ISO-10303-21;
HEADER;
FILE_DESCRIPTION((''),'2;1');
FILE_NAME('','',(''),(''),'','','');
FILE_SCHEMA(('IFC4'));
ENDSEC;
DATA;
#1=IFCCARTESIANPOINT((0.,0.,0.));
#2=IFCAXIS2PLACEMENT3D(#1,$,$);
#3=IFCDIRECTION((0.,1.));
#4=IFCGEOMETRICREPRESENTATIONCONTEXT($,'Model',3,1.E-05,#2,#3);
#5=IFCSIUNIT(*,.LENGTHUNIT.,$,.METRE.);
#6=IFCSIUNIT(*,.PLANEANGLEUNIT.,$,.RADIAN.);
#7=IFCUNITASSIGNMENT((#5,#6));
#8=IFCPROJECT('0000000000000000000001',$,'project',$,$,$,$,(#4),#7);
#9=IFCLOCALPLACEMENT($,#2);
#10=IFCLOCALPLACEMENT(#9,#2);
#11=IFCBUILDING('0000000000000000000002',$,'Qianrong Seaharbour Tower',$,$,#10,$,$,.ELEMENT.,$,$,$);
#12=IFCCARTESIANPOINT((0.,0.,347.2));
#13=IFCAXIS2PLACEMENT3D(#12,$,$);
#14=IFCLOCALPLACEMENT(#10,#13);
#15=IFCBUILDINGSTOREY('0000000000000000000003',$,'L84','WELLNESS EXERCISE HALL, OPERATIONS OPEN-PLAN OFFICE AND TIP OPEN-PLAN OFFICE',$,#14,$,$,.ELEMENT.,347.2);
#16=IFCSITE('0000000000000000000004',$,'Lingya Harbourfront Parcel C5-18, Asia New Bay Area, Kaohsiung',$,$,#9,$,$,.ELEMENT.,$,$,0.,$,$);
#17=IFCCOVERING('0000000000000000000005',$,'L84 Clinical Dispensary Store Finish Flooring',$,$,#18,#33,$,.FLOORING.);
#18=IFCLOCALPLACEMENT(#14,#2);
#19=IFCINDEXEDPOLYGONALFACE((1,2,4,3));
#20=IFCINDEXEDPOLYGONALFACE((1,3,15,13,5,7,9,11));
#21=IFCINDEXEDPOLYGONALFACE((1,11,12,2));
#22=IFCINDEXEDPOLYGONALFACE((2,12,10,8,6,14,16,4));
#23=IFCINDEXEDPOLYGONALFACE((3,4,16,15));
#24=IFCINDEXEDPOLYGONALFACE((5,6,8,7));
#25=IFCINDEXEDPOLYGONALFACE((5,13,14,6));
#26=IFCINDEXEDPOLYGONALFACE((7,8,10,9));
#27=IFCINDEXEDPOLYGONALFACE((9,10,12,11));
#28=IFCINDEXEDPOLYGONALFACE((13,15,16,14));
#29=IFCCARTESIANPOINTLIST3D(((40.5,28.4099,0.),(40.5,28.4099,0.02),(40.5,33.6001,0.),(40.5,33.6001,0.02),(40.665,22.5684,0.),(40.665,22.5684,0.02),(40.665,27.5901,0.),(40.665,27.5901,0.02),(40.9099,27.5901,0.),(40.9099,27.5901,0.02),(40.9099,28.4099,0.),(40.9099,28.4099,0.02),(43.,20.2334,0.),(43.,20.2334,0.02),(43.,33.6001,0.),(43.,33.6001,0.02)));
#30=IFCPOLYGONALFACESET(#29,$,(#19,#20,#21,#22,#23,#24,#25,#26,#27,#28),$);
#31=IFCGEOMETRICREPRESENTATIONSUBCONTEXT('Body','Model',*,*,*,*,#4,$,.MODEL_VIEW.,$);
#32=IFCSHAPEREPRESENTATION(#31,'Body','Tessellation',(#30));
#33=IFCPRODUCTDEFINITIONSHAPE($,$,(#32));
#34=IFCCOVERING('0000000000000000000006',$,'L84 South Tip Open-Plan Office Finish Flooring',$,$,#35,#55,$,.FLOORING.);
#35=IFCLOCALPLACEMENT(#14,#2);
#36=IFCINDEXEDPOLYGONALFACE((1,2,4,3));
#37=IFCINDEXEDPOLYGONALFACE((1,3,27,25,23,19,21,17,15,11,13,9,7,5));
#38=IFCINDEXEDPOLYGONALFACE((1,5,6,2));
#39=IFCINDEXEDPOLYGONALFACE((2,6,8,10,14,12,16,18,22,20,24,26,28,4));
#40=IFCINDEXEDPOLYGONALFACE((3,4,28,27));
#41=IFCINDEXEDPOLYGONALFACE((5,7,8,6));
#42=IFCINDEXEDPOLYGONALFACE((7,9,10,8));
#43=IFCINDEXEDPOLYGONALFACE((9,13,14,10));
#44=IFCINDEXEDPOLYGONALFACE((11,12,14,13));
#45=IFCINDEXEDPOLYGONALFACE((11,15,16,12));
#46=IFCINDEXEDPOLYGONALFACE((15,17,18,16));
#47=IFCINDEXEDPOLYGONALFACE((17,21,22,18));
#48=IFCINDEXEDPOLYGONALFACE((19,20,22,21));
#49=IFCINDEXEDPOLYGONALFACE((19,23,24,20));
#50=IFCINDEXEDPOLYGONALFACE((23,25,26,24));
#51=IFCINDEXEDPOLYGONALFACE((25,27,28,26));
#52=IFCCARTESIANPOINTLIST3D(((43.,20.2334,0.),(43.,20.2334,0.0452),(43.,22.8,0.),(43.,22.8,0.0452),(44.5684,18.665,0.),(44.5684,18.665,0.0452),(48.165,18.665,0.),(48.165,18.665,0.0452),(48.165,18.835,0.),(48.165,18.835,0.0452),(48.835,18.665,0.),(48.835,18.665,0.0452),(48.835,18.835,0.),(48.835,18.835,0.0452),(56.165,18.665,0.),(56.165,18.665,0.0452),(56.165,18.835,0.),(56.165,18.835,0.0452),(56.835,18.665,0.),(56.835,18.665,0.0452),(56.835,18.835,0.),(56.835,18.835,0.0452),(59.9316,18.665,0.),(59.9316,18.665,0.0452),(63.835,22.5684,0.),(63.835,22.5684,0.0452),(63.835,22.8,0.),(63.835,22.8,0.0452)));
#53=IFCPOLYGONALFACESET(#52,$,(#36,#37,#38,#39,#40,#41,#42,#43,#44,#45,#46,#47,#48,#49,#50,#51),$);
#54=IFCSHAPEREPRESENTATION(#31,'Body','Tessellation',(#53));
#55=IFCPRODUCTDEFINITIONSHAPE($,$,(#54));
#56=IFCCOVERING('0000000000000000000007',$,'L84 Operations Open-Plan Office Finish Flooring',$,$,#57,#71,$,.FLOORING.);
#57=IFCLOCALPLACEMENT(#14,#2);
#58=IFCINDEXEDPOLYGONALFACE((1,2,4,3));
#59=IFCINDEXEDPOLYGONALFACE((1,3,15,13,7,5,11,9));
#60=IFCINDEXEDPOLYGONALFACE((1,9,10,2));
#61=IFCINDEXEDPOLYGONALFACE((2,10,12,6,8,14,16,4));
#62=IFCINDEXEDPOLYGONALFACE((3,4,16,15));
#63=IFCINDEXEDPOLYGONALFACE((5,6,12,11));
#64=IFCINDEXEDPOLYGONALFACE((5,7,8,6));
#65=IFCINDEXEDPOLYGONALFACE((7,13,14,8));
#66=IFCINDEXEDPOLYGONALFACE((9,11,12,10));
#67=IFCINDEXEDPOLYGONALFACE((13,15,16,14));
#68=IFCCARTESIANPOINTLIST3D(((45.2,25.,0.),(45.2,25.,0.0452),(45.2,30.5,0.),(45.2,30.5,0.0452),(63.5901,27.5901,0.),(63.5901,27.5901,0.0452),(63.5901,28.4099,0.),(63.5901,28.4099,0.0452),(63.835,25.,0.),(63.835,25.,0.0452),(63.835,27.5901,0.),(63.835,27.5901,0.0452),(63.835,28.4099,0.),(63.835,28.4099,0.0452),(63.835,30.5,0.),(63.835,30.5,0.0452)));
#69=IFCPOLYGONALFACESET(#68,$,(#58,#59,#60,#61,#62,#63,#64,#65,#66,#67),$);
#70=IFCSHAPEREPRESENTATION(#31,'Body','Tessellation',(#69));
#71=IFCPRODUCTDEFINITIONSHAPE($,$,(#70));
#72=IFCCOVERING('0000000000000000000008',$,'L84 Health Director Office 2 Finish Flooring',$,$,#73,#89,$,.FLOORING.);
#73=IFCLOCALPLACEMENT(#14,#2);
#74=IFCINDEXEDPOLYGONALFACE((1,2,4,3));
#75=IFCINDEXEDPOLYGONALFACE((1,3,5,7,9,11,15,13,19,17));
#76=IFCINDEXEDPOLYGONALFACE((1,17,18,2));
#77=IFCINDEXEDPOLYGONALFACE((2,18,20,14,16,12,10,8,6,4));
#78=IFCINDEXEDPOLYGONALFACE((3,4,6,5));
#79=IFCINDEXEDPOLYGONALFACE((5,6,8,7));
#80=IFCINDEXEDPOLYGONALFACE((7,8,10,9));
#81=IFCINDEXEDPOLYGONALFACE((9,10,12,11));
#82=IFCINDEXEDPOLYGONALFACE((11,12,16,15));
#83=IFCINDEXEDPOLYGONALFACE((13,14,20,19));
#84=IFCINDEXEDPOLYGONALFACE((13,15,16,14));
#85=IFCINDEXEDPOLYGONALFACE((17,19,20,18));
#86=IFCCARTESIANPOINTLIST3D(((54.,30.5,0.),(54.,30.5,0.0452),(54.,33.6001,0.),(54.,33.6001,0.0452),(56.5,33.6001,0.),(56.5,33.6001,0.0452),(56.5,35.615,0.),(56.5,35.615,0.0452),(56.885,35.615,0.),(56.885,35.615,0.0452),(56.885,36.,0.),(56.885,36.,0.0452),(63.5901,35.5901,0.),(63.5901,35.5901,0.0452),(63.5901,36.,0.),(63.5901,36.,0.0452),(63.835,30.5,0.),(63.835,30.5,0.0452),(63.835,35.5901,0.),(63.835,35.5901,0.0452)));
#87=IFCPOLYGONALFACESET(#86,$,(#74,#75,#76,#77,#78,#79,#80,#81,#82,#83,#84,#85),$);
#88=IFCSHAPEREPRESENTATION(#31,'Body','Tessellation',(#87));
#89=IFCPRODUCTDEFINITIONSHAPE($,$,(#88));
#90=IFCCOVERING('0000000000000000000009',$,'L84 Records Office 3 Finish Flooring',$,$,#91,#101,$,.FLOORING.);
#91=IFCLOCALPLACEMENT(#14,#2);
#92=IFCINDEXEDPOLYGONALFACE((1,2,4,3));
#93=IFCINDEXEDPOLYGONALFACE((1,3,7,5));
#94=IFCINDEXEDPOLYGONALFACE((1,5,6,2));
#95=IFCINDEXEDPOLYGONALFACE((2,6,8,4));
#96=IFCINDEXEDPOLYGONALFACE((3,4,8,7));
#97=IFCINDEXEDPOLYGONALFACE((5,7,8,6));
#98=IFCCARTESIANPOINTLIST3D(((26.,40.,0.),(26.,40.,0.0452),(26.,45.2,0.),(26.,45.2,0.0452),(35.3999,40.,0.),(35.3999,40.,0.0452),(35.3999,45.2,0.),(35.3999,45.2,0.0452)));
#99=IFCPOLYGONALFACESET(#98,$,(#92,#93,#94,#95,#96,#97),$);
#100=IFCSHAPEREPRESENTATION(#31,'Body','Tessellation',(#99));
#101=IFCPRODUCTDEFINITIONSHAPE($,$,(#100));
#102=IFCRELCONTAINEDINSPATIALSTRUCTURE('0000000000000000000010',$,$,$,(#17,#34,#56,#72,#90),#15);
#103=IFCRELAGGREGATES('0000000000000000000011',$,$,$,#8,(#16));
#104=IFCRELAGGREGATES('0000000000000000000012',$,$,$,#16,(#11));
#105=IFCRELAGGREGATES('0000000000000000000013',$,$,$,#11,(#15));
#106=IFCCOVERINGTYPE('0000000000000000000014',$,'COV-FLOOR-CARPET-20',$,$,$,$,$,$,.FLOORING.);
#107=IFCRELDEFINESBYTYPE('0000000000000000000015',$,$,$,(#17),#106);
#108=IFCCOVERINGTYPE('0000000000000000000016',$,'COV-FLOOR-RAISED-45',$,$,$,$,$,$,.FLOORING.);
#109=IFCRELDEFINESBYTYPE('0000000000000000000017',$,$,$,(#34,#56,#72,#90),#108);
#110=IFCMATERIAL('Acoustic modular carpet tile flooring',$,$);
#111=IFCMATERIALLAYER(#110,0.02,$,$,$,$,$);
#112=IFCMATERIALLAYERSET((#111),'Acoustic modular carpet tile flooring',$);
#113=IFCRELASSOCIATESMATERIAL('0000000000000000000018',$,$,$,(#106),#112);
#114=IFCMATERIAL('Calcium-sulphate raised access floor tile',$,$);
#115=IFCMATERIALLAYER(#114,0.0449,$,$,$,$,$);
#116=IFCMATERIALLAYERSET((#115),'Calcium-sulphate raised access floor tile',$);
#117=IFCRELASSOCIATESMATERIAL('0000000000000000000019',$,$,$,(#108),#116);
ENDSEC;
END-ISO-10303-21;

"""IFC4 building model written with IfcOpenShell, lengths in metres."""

from ifc_helpers import new_model, si_unit, direction, frame, origin, place, context, subcontext, project, spatial, polyline, outline, extrude, material, layer, layer_set, type_object, element, save


model = new_model("IFC4")

# Units and contexts
model_context = context("Model", 3, precision=1e-05, world=origin(), true_north=direction((0.0, 1.0)))
body_context = subcontext(model_context, "Body", "Model", "MODEL_VIEW")
ifc_project = project(units=[si_unit("LENGTHUNIT", "METRE"), si_unit("PLANEANGLEUNIT", "RADIAN")], contexts=[model_context])

# Site, building, storey
site_placement = place(None, origin())
site = spatial("IfcSite", under=ifc_project, at=site_placement, Name="Lingya Harbourfront Parcel C5-18, Asia New Bay Area, Kaohsiung", CompositionType="ELEMENT", RefElevation=0.0)
building_placement = place(site_placement, origin())
building = spatial("IfcBuilding", under=site, at=building_placement, Name="Qianrong Seaharbour Tower", CompositionType="ELEMENT")
storey_placement = place(building_placement, frame((0.0, 0.0, 347.2)))
storey = spatial("IfcBuildingStorey", under=building, at=storey_placement, Name="L84", Description="WELLNESS EXERCISE HALL, OPERATIONS OPEN-PLAN OFFICE AND TIP OPEN-PLAN OFFICE", CompositionType="ELEMENT", Elevation=347.2)

# Coverings
ifc_material_1 = material(Name="Acoustic modular carpet tile flooring")
ifc_layer_1 = layer(ifc_material_1, 0.02)
ifc_layer_set_1 = layer_set([ifc_layer_1], Name="Acoustic modular carpet tile flooring")
covering_type_1 = type_object("IfcCoveringType", Name="COV-FLOOR-CARPET-20", PredefinedType="FLOORING", material=ifc_layer_set_1)
covering_1_placement = place(storey_placement, origin())
element("IfcCovering", 1, at=covering_1_placement, inside=storey, type_object=covering_type_1, Name="L84 Clinical Dispensary Store Finish Flooring", PredefinedType="FLOORING", context=body_context, shape_type="SweptSolid", body=[
    extrude(outline(polyline([(43.0, 20.2334), (40.665, 22.5684), (40.665, 27.5901), (40.9099, 27.5901), (40.9099, 28.4099), (40.5, 28.4099), (40.5, 33.6001), (43.0, 33.6001), (43.0, 20.2334)])), origin(), (0.0, 0.0, 1.0), 0.02),
])
ifc_material_2 = material(Name="Calcium-sulphate raised access floor tile")
ifc_layer_2 = layer(ifc_material_2, 0.0449)
ifc_layer_set_2 = layer_set([ifc_layer_2], Name="Calcium-sulphate raised access floor tile")
covering_type_2 = type_object("IfcCoveringType", Name="COV-FLOOR-RAISED-45", PredefinedType="FLOORING", material=ifc_layer_set_2)
covering_2_placement = place(storey_placement, origin())
element("IfcCovering", 2, at=covering_2_placement, inside=storey, type_object=covering_type_2, Name="L84 South Tip Open-Plan Office Finish Flooring", PredefinedType="FLOORING", context=body_context, shape_type="SweptSolid", body=[
    extrude(outline(polyline([(63.835, 22.5684), (59.9316, 18.665), (56.835, 18.665), (56.835, 18.835), (56.165, 18.835), (56.165, 18.665), (48.835, 18.665), (48.835, 18.835), (48.165, 18.835), (48.165, 18.665), (44.5684, 18.665), (43.0, 20.2334), (43.0, 22.8), (63.835, 22.8), (63.835, 22.5684)])), origin(), (0.0, 0.0, 1.0), 0.0452),
])
covering_3_placement = place(storey_placement, origin())
element("IfcCovering", 3, at=covering_3_placement, inside=storey, type_object=covering_type_2, Name="L84 Operations Open-Plan Office Finish Flooring", PredefinedType="FLOORING", context=body_context, shape_type="SweptSolid", body=[
    extrude(outline(polyline([(63.835, 30.5), (63.835, 28.4099), (63.5901, 28.4099), (63.5901, 27.5901), (63.835, 27.5901), (63.835, 25.0), (45.2, 25.0), (45.2, 30.5), (63.835, 30.5)])), origin(), (0.0, 0.0, 1.0), 0.0452),
])
covering_4_placement = place(storey_placement, origin())
element("IfcCovering", 4, at=covering_4_placement, inside=storey, type_object=covering_type_2, Name="L84 Health Director Office 2 Finish Flooring", PredefinedType="FLOORING", context=body_context, shape_type="SweptSolid", body=[
    extrude(outline(polyline([(56.5, 33.6001), (56.5, 35.615), (56.885, 35.615), (56.885, 36.0), (63.5901, 36.0), (63.5901, 35.5901), (63.835, 35.5901), (63.835, 30.5), (54.0, 30.5), (54.0, 33.6001), (56.5, 33.6001)])), origin(), (0.0, 0.0, 1.0), 0.0452),
])
covering_5_placement = place(storey_placement, origin())
element("IfcCovering", 5, at=covering_5_placement, inside=storey, type_object=covering_type_2, Name="L84 Records Office 3 Finish Flooring", PredefinedType="FLOORING", context=body_context, shape_type="SweptSolid", body=[
    extrude(outline(polyline([(35.3999, 45.2), (35.3999, 40.0), (26.0, 40.0), (26.0, 45.2), (35.3999, 45.2)])), origin(), (0.0, 0.0, 1.0), 0.0452),
])

save(model, "model.ifc")
